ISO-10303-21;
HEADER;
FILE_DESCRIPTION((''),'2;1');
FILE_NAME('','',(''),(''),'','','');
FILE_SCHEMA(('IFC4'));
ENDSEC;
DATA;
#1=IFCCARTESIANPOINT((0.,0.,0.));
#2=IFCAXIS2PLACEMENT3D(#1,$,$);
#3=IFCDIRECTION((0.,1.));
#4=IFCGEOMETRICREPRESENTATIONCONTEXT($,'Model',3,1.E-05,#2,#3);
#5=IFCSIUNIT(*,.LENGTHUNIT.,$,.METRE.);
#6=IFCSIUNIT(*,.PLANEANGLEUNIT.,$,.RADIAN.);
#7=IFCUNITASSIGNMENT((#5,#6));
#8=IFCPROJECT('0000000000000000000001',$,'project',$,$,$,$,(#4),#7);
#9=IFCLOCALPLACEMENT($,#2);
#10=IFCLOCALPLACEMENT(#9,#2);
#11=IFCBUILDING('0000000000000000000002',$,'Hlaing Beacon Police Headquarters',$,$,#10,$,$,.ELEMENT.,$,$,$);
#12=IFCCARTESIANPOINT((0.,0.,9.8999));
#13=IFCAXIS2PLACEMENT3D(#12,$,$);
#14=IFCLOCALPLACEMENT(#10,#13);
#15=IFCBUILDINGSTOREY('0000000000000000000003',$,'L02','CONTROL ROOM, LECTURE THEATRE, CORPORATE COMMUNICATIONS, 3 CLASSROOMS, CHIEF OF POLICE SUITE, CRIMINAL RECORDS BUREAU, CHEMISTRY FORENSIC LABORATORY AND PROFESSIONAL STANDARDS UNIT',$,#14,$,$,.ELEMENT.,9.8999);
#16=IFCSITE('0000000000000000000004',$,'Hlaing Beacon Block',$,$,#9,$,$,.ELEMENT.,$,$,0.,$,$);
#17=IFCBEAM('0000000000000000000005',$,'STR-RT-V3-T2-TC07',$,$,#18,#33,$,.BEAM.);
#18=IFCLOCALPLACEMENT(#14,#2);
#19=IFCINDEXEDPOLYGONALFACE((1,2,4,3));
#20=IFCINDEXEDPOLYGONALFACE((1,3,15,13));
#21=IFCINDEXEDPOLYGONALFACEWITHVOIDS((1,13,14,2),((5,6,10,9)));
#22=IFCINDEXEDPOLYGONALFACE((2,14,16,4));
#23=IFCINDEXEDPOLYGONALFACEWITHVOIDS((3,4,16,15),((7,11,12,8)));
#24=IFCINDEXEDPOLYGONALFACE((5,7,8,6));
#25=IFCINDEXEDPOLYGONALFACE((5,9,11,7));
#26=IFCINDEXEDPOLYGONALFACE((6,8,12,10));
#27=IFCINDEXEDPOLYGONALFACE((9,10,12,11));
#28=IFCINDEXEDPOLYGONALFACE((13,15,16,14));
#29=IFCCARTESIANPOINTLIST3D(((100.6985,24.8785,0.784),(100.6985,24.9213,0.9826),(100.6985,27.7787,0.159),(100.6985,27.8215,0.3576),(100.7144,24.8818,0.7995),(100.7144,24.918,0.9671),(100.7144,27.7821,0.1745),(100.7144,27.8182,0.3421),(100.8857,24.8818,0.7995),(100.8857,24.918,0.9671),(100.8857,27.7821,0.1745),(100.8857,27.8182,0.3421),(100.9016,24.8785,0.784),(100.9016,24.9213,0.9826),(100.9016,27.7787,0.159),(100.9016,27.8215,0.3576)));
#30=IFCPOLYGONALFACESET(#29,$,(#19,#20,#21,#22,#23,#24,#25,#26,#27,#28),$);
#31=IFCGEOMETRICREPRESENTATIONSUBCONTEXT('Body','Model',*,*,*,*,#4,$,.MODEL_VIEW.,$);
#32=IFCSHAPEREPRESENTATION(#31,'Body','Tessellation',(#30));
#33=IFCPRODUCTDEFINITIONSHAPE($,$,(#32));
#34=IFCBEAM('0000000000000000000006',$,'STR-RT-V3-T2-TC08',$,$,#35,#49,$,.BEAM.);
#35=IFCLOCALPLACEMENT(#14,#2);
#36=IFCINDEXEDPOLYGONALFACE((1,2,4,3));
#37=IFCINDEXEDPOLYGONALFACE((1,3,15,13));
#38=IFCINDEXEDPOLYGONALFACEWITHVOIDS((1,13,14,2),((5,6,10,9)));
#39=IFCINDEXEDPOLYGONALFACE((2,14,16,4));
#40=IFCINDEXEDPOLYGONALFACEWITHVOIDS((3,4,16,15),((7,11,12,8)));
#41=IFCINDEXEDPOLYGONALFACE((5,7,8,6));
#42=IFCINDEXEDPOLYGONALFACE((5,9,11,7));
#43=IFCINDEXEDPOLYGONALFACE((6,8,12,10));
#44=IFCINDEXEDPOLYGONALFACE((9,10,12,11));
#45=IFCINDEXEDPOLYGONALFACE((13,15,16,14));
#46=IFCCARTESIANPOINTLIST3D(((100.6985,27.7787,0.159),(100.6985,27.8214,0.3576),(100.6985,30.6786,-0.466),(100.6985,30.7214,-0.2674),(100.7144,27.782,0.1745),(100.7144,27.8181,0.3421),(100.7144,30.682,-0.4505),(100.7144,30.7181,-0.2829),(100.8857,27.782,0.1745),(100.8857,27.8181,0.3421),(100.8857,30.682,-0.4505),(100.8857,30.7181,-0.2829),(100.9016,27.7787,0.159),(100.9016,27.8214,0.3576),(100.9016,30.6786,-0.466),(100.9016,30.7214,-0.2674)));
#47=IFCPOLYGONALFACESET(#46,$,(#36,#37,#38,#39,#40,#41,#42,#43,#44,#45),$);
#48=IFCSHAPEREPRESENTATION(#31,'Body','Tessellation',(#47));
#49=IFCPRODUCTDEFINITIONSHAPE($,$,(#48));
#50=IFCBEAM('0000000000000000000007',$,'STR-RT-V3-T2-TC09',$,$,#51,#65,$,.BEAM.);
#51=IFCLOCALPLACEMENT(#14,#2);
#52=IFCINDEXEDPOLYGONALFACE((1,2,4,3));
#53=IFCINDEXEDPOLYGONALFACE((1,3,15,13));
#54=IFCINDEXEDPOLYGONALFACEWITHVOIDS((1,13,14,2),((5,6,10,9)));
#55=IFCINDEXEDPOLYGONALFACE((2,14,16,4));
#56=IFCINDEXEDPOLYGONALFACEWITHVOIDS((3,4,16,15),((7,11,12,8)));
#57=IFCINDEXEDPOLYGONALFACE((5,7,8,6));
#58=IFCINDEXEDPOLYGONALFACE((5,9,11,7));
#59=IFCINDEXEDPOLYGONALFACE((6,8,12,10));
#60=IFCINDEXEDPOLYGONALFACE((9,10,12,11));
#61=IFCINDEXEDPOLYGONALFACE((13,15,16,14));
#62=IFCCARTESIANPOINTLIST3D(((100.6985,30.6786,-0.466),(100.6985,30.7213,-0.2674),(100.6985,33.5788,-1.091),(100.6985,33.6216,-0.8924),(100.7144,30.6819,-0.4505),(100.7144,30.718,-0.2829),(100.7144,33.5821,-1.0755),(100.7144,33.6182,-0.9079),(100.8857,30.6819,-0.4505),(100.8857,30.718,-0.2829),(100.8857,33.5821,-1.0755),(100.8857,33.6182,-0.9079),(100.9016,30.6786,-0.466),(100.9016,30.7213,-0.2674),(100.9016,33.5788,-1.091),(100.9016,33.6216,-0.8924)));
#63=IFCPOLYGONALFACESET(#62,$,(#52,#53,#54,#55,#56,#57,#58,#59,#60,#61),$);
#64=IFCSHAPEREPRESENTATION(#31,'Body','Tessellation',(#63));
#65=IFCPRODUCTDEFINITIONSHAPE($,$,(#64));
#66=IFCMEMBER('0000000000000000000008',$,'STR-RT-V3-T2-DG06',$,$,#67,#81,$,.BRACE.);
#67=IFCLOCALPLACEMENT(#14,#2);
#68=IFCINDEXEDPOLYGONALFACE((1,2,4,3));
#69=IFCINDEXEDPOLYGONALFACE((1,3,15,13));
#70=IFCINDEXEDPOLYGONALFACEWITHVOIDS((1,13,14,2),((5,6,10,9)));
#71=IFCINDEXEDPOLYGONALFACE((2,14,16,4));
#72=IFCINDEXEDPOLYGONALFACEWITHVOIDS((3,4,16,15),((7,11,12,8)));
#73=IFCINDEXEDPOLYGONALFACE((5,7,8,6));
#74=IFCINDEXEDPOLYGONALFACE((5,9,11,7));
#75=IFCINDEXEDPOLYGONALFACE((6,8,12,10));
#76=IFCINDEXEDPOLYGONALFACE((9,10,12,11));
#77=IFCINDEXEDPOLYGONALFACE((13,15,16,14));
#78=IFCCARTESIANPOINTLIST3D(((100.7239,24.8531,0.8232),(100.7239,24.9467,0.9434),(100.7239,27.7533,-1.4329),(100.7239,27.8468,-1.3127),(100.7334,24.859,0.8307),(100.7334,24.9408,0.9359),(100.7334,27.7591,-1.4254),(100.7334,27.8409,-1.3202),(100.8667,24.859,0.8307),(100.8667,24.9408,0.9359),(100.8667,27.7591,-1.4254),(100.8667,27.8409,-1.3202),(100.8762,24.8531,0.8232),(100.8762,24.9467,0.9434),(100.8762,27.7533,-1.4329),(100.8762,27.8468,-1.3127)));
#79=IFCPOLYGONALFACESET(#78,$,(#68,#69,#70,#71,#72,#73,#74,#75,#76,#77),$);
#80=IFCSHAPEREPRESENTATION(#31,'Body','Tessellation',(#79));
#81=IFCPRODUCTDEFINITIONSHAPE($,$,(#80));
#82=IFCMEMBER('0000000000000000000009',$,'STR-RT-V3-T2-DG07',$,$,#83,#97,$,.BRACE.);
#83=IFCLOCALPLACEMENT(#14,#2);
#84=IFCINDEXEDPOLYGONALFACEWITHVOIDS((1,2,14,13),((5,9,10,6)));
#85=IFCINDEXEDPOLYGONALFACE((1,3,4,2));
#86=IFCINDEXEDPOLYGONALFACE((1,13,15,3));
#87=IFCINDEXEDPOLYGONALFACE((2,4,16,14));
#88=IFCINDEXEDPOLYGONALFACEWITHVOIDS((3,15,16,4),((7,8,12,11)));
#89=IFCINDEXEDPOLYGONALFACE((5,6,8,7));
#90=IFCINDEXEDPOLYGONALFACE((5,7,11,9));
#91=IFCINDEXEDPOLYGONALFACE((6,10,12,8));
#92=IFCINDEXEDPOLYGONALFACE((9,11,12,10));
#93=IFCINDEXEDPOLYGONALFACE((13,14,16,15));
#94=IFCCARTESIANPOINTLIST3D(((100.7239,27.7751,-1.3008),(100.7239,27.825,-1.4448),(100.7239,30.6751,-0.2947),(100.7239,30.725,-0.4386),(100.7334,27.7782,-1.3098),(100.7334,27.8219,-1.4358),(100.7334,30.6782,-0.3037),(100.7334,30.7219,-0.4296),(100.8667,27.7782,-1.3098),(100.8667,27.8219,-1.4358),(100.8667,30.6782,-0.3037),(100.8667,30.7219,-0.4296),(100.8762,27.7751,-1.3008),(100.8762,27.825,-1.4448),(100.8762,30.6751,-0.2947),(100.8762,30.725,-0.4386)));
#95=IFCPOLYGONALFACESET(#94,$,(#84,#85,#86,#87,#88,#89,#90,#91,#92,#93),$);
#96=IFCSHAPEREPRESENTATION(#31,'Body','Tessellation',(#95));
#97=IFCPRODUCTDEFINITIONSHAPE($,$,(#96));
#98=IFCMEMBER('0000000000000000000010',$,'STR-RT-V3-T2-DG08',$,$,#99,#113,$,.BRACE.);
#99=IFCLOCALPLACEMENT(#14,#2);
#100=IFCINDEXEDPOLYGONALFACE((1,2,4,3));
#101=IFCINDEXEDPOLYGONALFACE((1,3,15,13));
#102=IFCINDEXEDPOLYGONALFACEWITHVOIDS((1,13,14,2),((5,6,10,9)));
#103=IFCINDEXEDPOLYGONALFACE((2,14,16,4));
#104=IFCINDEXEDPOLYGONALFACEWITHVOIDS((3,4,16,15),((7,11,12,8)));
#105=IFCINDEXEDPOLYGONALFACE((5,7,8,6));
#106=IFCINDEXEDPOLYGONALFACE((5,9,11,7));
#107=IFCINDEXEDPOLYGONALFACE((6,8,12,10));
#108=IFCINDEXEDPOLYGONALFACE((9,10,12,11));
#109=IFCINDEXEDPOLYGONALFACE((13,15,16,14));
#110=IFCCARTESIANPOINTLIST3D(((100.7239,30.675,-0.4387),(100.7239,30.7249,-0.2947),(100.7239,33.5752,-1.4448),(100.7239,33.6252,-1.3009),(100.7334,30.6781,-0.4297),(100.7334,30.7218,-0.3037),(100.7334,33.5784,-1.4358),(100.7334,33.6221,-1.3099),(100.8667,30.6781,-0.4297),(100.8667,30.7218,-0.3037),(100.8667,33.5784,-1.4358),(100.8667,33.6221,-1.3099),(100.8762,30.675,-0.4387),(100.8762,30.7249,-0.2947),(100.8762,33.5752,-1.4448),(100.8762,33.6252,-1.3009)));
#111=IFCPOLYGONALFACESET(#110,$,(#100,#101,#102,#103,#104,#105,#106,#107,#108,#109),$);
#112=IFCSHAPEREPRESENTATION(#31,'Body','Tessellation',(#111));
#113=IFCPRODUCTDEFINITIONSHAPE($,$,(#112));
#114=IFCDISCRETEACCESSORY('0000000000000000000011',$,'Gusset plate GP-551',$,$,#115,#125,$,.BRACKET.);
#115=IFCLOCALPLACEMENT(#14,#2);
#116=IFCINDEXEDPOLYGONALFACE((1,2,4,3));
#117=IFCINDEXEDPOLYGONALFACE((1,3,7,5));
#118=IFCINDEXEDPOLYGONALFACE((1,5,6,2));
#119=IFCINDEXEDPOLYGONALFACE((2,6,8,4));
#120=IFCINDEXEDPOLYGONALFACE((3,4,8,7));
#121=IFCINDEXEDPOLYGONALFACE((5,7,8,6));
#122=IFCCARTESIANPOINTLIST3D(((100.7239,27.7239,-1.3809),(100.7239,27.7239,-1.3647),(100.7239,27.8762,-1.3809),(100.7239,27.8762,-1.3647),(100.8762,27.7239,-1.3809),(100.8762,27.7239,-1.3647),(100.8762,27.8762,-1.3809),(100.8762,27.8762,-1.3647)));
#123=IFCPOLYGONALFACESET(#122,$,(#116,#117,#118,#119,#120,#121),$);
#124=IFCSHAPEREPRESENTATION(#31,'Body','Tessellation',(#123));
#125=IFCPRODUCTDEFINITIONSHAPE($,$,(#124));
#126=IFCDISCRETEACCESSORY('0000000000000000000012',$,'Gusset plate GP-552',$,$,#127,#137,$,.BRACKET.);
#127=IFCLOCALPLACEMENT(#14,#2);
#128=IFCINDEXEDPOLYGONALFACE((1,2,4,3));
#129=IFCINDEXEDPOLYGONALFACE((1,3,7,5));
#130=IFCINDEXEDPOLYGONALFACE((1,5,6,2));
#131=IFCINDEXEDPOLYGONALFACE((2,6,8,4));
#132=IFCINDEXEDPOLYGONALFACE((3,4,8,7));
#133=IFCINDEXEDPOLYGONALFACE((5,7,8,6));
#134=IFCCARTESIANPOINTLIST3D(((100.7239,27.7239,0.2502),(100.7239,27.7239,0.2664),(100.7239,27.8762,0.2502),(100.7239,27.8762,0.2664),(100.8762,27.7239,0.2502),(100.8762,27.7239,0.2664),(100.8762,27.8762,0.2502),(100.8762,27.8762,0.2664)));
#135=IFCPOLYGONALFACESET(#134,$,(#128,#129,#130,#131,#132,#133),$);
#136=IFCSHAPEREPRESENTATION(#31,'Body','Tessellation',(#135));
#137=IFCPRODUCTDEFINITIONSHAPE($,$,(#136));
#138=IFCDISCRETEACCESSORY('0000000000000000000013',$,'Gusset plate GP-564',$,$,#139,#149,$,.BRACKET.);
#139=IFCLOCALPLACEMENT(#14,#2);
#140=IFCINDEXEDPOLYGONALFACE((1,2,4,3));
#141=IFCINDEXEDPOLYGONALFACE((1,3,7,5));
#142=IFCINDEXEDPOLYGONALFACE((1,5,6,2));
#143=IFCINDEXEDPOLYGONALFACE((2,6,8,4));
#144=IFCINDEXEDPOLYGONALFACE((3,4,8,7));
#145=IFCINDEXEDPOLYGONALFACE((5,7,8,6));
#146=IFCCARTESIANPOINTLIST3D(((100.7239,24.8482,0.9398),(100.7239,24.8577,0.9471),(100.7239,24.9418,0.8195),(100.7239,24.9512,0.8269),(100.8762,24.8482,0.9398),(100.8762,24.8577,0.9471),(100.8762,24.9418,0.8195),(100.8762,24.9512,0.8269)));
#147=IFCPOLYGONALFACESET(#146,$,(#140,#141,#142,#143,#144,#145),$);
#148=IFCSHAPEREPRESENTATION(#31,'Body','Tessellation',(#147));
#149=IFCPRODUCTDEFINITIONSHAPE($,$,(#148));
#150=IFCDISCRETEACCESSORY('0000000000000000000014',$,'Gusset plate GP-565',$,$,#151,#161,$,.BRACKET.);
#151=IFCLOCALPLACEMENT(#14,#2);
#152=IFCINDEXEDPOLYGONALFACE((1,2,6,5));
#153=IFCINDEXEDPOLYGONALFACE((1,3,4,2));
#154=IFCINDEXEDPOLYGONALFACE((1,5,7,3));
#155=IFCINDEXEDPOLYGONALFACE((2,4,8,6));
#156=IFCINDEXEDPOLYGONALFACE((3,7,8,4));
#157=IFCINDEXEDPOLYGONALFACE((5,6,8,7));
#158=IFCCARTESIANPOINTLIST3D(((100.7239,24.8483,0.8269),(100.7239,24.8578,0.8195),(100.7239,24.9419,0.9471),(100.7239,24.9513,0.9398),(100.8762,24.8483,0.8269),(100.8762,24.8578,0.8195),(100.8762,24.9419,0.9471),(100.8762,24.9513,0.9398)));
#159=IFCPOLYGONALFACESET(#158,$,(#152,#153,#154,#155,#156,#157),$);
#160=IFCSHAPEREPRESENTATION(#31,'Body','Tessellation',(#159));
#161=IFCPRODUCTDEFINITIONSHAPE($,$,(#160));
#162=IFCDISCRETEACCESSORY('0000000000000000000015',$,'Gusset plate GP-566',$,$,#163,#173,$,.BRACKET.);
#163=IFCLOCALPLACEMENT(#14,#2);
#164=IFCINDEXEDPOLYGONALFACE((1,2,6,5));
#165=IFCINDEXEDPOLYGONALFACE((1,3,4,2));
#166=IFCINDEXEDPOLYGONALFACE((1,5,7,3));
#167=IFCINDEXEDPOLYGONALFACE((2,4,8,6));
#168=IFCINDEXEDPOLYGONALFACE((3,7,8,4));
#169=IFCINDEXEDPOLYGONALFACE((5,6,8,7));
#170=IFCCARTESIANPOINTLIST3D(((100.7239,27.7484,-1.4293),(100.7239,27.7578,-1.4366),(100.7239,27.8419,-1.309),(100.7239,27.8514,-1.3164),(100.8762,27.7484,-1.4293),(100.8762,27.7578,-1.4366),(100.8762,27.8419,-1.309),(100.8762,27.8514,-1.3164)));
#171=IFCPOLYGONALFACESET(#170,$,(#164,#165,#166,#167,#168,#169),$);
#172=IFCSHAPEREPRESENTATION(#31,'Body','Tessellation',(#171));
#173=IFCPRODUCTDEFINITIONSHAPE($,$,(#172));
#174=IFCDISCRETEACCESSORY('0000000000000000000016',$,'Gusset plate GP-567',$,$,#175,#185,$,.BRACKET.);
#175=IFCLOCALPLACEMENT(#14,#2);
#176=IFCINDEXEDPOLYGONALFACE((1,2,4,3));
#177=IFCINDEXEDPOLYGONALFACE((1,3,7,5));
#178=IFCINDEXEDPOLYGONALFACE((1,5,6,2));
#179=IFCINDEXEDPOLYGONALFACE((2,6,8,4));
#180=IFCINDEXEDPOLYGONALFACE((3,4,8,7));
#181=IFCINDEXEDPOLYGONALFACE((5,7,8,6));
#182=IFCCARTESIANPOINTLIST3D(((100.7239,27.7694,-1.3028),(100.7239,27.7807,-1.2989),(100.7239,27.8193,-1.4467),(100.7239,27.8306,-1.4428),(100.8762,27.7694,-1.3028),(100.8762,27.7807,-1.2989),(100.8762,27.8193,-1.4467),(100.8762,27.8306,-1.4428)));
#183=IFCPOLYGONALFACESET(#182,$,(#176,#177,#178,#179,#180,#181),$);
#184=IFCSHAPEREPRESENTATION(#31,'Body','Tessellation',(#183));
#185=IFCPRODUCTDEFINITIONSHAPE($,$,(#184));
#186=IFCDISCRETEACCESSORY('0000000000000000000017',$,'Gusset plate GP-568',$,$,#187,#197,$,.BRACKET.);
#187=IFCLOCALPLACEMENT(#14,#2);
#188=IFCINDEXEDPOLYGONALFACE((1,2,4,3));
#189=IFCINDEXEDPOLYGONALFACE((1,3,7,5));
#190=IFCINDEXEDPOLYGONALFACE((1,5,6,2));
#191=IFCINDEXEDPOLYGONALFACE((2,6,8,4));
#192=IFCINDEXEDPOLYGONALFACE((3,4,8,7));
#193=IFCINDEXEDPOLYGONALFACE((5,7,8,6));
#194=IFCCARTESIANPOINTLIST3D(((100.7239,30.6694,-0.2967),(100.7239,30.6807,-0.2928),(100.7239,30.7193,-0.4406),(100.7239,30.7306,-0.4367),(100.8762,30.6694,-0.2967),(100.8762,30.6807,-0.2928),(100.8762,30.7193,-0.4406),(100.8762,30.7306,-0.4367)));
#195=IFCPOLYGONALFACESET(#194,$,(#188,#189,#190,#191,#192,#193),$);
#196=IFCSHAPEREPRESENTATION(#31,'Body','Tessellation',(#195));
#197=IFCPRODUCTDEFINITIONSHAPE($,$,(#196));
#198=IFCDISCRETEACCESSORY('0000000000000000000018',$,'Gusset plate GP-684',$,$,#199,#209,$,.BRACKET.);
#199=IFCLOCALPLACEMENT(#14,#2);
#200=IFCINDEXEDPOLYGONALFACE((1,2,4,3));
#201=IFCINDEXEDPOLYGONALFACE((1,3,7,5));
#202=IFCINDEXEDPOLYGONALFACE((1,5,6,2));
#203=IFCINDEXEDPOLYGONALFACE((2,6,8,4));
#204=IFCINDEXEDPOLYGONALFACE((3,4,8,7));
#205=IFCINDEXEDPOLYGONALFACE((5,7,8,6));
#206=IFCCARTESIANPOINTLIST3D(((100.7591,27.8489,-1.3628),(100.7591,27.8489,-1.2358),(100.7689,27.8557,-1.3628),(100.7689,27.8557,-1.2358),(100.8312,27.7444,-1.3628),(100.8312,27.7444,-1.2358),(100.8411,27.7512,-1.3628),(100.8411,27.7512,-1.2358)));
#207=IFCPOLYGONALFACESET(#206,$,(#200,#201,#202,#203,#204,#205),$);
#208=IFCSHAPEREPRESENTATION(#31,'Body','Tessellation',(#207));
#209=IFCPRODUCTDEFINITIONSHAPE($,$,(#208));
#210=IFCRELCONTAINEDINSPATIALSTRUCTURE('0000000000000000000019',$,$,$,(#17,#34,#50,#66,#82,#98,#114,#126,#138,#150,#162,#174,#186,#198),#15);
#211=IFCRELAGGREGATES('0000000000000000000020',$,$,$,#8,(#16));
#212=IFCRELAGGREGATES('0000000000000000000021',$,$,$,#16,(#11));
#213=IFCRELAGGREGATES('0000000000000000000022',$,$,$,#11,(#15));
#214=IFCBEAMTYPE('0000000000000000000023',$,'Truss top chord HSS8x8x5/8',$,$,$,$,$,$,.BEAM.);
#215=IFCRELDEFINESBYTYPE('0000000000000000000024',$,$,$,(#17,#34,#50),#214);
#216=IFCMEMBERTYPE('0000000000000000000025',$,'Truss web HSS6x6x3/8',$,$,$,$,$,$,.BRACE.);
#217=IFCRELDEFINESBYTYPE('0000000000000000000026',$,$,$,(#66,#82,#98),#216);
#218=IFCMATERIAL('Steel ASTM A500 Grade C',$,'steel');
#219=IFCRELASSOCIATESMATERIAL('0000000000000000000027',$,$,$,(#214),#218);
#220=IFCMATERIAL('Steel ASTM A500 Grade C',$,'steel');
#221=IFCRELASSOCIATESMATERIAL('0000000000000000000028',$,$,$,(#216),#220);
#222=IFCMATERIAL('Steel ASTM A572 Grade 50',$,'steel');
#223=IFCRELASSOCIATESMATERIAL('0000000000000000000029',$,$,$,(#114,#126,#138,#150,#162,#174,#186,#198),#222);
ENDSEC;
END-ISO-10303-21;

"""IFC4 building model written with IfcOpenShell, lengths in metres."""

from ifc_helpers import new_model, si_unit, direction, frame, origin, origin_2d, place, context, subcontext, project, spatial, rectangle, hollow_rectangle, extrude, material, material_profile, profile_set, type_object, element, save


model = new_model("IFC4")

# Units and contexts
model_context = context("Model", 3, precision=1e-05, world=origin(), true_north=direction((0.0, 1.0)))
body_context = subcontext(model_context, "Body", "Model", "MODEL_VIEW")
ifc_project = project(units=[si_unit("LENGTHUNIT", "METRE"), si_unit("PLANEANGLEUNIT", "RADIAN")], contexts=[model_context])

# Site, building, storey
site_placement = place(None, origin())
site = spatial("IfcSite", under=ifc_project, at=site_placement, Name="Hlaing Beacon Block", CompositionType="ELEMENT", RefElevation=0.0)
building_placement = place(site_placement, origin())
building = spatial("IfcBuilding", under=site, at=building_placement, Name="Hlaing Beacon Police Headquarters", CompositionType="ELEMENT")
storey_placement = place(building_placement, frame((0.0, 0.0, 9.8999)))
storey = spatial("IfcBuildingStorey", under=building, at=storey_placement, Name="L02", Description="CONTROL ROOM, LECTURE THEATRE, CORPORATE COMMUNICATIONS, 3 CLASSROOMS, CHIEF OF POLICE SUITE, CRIMINAL RECORDS BUREAU, CHEMISTRY FORENSIC LABORATORY AND PROFESSIONAL STANDARDS UNIT", CompositionType="ELEMENT", Elevation=9.8999)

# Beams
ifc_material_1 = material(Name="Steel ASTM A500 Grade C", Category="steel")
ifc_material_profile_1 = material_profile(ifc_material_1, hollow_rectangle(XDim=0.2031, YDim=0.2031, WallThickness=0.0159, at=origin_2d()), Name="HSS8x8x5/8")
ifc_profile_set_1 = profile_set([ifc_material_profile_1], Name="Steel ASTM A500 Grade C")
beam_type_1 = type_object("IfcBeamType", Name="Truss top chord HSS8x8x5/8", PredefinedType="BEAM", material=ifc_profile_set_1)
beam_1_placement = place(storey_placement, frame((100.8, 24.8999, 0.8833), z_axis=(0.0, 0.977557, -0.21067), x_axis=(-1.0, 0.0, 0.0)))
element("IfcBeam", 1, at=beam_1_placement, inside=storey, type_object=beam_type_1, Name="STR-RT-V3-T2-TC07", PredefinedType="BEAM", context=body_context, shape_type="SweptSolid", body=[
    extrude(hollow_rectangle(XDim=0.2031, YDim=0.2031, WallThickness=0.0159, at=origin_2d()), origin(), (0.0, 0.0, 1.0), 2.9668),
])
beam_2_placement = place(storey_placement, frame((100.8, 27.8, 0.2583), z_axis=(0.0, 0.977554, -0.210687), x_axis=(-1.0, 0.0, 0.0)))
element("IfcBeam", 2, at=beam_2_placement, inside=storey, type_object=beam_type_1, Name="STR-RT-V3-T2-TC08", PredefinedType="BEAM", context=body_context, shape_type="SweptSolid", body=[
    extrude(hollow_rectangle(XDim=0.2031, YDim=0.2031, WallThickness=0.0159, at=origin_2d()), origin(), (0.0, 0.0, 1.0), 2.9666),
])
beam_3_placement = place(storey_placement, frame((100.8, 30.7, -0.3667), z_axis=(0.0, 0.977557, -0.21067), x_axis=(-1.0, 0.0, 0.0)))
element("IfcBeam", 3, at=beam_3_placement, inside=storey, type_object=beam_type_1, Name="STR-RT-V3-T2-TC09", PredefinedType="BEAM", context=body_context, shape_type="SweptSolid", body=[
    extrude(hollow_rectangle(XDim=0.2031, YDim=0.2031, WallThickness=0.0159, at=origin_2d()), origin(), (0.0, 0.0, 1.0), 2.9668),
])

# Members
ifc_material_2 = material(Name="Steel ASTM A500 Grade C", Category="steel")
ifc_material_profile_2 = material_profile(ifc_material_2, hollow_rectangle(XDim=0.1523, YDim=0.1523, WallThickness=0.0095, at=origin_2d()), Name="HSS6x6x3/8")
ifc_profile_set_2 = profile_set([ifc_material_profile_2], Name="Steel ASTM A500 Grade C")
member_type_1 = type_object("IfcMemberType", Name="Truss web HSS6x6x3/8", PredefinedType="BRACE", material=ifc_profile_set_2)
member_1_placement = place(storey_placement, frame((100.8, 24.8999, 0.8833), z_axis=(0.0, 0.789295, -0.614014), x_axis=(-1.0, 0.0, 0.0)))
element("IfcMember", 4, at=member_1_placement, inside=storey, type_object=member_type_1, Name="STR-RT-V3-T2-DG06", PredefinedType="BRACE", context=body_context, shape_type="SweptSolid", body=[
    extrude(hollow_rectangle(XDim=0.1523, YDim=0.1523, WallThickness=0.0095, at=origin_2d()), origin(), (0.0, 0.0, 1.0), 3.6743),
])
member_2_placement = place(storey_placement, frame((100.8, 27.8, -1.3728), z_axis=(0.0, 0.944755, 0.327777), x_axis=(-1.0, 0.0, 0.0)))
element("IfcMember", 5, at=member_2_placement, inside=storey, type_object=member_type_1, Name="STR-RT-V3-T2-DG07", PredefinedType="BRACE", context=body_context, shape_type="SweptSolid", body=[
    extrude(hollow_rectangle(XDim=0.1523, YDim=0.1523, WallThickness=0.0095, at=origin_2d()), origin(), (0.0, 0.0, 1.0), 3.0696),
])
member_3_placement = place(storey_placement, frame((100.8, 30.7, -0.3667), z_axis=(0.0, 0.944764, -0.327752), x_axis=(-1.0, 0.0, 0.0)))
element("IfcMember", 6, at=member_3_placement, inside=storey, type_object=member_type_1, Name="STR-RT-V3-T2-DG08", PredefinedType="BRACE", context=body_context, shape_type="SweptSolid", body=[
    extrude(hollow_rectangle(XDim=0.1523, YDim=0.1523, WallThickness=0.0095, at=origin_2d()), origin(), (0.0, 0.0, 1.0), 3.0698),
])

# Discrete accessories
ifc_material_3 = material(Name="Steel ASTM A572 Grade 50", Category="steel")
for number, where, z_axis, x_axis, name in (
    (7, (100.8, 27.8, -1.3647), (0.0, 0.0, -1.0), (1.0, 0.0, 0.0), "Gusset plate GP-551"),
    (8, (100.8, 27.8, 0.2502), (0.0, 0.0, 1.0), (1.0, 0.0, 0.0), "Gusset plate GP-552"),
):
    element("IfcDiscreteAccessory", number, at=place(storey_placement, frame(where, z_axis=z_axis, x_axis=x_axis)), inside=storey, material=ifc_material_3, Name=name, PredefinedType="BRACKET", context=body_context, shape_type="SweptSolid", body=[
        extrude(rectangle(XDim=0.1523, YDim=0.1523, at=origin_2d()), origin(), (0.0, 0.0, 1.0), 0.0161),
    ])
for number, where, z_axis, x_axis, name in (
    (9, (100.8, 24.895, 0.8796), (0.0, 0.78927, 0.614046), (-1.0, 0.0, 0.0), "Gusset plate GP-564"),
    (10, (100.8, 24.9045, 0.8796), (0.0, -0.789295, 0.614014), (1.0, 0.0, 0.0), "Gusset plate GP-565"),
    (11, (100.8, 27.7952, -1.3691), (0.0, 0.789295, -0.614014), (-1.0, 0.0, 0.0), "Gusset plate GP-566"),
    (12, (100.8, 27.8057, -1.3708), (0.0, -0.944755, -0.327777), (1.0, 0.0, 0.0), "Gusset plate GP-567"),
    (13, (100.8, 30.6943, -0.3687), (0.0, 0.944755, 0.327777), (-1.0, 0.0, 0.0), "Gusset plate GP-568"),
):
    element("IfcDiscreteAccessory", number, at=place(storey_placement, frame(where, z_axis=z_axis, x_axis=x_axis)), inside=storey, material=ifc_material_3, Name=name, PredefinedType="BRACKET", context=body_context, shape_type="SweptSolid", body=[
        extrude(rectangle(XDim=0.1523, YDim=0.1523, at=origin_2d()), origin(), (0.0, 0.0, 1.0), 0.012),
    ])
for number, where, z_axis, x_axis, name in (
    (14, (100.7952, 27.7966, -1.2993), (0.822899, 0.568187, 0.0), (-0.568187, 0.822899, 0.0), "Gusset plate GP-684"),
):
    element("IfcDiscreteAccessory", number, at=place(storey_placement, frame(where, z_axis=z_axis, x_axis=x_axis)), inside=storey, material=ifc_material_3, Name=name, PredefinedType="BRACKET", context=body_context, shape_type="SweptSolid", body=[
        extrude(rectangle(XDim=0.127, YDim=0.127, at=origin_2d()), origin(), (0.0, 0.0, 1.0), 0.012),
    ])

save(model, "model.ifc")
